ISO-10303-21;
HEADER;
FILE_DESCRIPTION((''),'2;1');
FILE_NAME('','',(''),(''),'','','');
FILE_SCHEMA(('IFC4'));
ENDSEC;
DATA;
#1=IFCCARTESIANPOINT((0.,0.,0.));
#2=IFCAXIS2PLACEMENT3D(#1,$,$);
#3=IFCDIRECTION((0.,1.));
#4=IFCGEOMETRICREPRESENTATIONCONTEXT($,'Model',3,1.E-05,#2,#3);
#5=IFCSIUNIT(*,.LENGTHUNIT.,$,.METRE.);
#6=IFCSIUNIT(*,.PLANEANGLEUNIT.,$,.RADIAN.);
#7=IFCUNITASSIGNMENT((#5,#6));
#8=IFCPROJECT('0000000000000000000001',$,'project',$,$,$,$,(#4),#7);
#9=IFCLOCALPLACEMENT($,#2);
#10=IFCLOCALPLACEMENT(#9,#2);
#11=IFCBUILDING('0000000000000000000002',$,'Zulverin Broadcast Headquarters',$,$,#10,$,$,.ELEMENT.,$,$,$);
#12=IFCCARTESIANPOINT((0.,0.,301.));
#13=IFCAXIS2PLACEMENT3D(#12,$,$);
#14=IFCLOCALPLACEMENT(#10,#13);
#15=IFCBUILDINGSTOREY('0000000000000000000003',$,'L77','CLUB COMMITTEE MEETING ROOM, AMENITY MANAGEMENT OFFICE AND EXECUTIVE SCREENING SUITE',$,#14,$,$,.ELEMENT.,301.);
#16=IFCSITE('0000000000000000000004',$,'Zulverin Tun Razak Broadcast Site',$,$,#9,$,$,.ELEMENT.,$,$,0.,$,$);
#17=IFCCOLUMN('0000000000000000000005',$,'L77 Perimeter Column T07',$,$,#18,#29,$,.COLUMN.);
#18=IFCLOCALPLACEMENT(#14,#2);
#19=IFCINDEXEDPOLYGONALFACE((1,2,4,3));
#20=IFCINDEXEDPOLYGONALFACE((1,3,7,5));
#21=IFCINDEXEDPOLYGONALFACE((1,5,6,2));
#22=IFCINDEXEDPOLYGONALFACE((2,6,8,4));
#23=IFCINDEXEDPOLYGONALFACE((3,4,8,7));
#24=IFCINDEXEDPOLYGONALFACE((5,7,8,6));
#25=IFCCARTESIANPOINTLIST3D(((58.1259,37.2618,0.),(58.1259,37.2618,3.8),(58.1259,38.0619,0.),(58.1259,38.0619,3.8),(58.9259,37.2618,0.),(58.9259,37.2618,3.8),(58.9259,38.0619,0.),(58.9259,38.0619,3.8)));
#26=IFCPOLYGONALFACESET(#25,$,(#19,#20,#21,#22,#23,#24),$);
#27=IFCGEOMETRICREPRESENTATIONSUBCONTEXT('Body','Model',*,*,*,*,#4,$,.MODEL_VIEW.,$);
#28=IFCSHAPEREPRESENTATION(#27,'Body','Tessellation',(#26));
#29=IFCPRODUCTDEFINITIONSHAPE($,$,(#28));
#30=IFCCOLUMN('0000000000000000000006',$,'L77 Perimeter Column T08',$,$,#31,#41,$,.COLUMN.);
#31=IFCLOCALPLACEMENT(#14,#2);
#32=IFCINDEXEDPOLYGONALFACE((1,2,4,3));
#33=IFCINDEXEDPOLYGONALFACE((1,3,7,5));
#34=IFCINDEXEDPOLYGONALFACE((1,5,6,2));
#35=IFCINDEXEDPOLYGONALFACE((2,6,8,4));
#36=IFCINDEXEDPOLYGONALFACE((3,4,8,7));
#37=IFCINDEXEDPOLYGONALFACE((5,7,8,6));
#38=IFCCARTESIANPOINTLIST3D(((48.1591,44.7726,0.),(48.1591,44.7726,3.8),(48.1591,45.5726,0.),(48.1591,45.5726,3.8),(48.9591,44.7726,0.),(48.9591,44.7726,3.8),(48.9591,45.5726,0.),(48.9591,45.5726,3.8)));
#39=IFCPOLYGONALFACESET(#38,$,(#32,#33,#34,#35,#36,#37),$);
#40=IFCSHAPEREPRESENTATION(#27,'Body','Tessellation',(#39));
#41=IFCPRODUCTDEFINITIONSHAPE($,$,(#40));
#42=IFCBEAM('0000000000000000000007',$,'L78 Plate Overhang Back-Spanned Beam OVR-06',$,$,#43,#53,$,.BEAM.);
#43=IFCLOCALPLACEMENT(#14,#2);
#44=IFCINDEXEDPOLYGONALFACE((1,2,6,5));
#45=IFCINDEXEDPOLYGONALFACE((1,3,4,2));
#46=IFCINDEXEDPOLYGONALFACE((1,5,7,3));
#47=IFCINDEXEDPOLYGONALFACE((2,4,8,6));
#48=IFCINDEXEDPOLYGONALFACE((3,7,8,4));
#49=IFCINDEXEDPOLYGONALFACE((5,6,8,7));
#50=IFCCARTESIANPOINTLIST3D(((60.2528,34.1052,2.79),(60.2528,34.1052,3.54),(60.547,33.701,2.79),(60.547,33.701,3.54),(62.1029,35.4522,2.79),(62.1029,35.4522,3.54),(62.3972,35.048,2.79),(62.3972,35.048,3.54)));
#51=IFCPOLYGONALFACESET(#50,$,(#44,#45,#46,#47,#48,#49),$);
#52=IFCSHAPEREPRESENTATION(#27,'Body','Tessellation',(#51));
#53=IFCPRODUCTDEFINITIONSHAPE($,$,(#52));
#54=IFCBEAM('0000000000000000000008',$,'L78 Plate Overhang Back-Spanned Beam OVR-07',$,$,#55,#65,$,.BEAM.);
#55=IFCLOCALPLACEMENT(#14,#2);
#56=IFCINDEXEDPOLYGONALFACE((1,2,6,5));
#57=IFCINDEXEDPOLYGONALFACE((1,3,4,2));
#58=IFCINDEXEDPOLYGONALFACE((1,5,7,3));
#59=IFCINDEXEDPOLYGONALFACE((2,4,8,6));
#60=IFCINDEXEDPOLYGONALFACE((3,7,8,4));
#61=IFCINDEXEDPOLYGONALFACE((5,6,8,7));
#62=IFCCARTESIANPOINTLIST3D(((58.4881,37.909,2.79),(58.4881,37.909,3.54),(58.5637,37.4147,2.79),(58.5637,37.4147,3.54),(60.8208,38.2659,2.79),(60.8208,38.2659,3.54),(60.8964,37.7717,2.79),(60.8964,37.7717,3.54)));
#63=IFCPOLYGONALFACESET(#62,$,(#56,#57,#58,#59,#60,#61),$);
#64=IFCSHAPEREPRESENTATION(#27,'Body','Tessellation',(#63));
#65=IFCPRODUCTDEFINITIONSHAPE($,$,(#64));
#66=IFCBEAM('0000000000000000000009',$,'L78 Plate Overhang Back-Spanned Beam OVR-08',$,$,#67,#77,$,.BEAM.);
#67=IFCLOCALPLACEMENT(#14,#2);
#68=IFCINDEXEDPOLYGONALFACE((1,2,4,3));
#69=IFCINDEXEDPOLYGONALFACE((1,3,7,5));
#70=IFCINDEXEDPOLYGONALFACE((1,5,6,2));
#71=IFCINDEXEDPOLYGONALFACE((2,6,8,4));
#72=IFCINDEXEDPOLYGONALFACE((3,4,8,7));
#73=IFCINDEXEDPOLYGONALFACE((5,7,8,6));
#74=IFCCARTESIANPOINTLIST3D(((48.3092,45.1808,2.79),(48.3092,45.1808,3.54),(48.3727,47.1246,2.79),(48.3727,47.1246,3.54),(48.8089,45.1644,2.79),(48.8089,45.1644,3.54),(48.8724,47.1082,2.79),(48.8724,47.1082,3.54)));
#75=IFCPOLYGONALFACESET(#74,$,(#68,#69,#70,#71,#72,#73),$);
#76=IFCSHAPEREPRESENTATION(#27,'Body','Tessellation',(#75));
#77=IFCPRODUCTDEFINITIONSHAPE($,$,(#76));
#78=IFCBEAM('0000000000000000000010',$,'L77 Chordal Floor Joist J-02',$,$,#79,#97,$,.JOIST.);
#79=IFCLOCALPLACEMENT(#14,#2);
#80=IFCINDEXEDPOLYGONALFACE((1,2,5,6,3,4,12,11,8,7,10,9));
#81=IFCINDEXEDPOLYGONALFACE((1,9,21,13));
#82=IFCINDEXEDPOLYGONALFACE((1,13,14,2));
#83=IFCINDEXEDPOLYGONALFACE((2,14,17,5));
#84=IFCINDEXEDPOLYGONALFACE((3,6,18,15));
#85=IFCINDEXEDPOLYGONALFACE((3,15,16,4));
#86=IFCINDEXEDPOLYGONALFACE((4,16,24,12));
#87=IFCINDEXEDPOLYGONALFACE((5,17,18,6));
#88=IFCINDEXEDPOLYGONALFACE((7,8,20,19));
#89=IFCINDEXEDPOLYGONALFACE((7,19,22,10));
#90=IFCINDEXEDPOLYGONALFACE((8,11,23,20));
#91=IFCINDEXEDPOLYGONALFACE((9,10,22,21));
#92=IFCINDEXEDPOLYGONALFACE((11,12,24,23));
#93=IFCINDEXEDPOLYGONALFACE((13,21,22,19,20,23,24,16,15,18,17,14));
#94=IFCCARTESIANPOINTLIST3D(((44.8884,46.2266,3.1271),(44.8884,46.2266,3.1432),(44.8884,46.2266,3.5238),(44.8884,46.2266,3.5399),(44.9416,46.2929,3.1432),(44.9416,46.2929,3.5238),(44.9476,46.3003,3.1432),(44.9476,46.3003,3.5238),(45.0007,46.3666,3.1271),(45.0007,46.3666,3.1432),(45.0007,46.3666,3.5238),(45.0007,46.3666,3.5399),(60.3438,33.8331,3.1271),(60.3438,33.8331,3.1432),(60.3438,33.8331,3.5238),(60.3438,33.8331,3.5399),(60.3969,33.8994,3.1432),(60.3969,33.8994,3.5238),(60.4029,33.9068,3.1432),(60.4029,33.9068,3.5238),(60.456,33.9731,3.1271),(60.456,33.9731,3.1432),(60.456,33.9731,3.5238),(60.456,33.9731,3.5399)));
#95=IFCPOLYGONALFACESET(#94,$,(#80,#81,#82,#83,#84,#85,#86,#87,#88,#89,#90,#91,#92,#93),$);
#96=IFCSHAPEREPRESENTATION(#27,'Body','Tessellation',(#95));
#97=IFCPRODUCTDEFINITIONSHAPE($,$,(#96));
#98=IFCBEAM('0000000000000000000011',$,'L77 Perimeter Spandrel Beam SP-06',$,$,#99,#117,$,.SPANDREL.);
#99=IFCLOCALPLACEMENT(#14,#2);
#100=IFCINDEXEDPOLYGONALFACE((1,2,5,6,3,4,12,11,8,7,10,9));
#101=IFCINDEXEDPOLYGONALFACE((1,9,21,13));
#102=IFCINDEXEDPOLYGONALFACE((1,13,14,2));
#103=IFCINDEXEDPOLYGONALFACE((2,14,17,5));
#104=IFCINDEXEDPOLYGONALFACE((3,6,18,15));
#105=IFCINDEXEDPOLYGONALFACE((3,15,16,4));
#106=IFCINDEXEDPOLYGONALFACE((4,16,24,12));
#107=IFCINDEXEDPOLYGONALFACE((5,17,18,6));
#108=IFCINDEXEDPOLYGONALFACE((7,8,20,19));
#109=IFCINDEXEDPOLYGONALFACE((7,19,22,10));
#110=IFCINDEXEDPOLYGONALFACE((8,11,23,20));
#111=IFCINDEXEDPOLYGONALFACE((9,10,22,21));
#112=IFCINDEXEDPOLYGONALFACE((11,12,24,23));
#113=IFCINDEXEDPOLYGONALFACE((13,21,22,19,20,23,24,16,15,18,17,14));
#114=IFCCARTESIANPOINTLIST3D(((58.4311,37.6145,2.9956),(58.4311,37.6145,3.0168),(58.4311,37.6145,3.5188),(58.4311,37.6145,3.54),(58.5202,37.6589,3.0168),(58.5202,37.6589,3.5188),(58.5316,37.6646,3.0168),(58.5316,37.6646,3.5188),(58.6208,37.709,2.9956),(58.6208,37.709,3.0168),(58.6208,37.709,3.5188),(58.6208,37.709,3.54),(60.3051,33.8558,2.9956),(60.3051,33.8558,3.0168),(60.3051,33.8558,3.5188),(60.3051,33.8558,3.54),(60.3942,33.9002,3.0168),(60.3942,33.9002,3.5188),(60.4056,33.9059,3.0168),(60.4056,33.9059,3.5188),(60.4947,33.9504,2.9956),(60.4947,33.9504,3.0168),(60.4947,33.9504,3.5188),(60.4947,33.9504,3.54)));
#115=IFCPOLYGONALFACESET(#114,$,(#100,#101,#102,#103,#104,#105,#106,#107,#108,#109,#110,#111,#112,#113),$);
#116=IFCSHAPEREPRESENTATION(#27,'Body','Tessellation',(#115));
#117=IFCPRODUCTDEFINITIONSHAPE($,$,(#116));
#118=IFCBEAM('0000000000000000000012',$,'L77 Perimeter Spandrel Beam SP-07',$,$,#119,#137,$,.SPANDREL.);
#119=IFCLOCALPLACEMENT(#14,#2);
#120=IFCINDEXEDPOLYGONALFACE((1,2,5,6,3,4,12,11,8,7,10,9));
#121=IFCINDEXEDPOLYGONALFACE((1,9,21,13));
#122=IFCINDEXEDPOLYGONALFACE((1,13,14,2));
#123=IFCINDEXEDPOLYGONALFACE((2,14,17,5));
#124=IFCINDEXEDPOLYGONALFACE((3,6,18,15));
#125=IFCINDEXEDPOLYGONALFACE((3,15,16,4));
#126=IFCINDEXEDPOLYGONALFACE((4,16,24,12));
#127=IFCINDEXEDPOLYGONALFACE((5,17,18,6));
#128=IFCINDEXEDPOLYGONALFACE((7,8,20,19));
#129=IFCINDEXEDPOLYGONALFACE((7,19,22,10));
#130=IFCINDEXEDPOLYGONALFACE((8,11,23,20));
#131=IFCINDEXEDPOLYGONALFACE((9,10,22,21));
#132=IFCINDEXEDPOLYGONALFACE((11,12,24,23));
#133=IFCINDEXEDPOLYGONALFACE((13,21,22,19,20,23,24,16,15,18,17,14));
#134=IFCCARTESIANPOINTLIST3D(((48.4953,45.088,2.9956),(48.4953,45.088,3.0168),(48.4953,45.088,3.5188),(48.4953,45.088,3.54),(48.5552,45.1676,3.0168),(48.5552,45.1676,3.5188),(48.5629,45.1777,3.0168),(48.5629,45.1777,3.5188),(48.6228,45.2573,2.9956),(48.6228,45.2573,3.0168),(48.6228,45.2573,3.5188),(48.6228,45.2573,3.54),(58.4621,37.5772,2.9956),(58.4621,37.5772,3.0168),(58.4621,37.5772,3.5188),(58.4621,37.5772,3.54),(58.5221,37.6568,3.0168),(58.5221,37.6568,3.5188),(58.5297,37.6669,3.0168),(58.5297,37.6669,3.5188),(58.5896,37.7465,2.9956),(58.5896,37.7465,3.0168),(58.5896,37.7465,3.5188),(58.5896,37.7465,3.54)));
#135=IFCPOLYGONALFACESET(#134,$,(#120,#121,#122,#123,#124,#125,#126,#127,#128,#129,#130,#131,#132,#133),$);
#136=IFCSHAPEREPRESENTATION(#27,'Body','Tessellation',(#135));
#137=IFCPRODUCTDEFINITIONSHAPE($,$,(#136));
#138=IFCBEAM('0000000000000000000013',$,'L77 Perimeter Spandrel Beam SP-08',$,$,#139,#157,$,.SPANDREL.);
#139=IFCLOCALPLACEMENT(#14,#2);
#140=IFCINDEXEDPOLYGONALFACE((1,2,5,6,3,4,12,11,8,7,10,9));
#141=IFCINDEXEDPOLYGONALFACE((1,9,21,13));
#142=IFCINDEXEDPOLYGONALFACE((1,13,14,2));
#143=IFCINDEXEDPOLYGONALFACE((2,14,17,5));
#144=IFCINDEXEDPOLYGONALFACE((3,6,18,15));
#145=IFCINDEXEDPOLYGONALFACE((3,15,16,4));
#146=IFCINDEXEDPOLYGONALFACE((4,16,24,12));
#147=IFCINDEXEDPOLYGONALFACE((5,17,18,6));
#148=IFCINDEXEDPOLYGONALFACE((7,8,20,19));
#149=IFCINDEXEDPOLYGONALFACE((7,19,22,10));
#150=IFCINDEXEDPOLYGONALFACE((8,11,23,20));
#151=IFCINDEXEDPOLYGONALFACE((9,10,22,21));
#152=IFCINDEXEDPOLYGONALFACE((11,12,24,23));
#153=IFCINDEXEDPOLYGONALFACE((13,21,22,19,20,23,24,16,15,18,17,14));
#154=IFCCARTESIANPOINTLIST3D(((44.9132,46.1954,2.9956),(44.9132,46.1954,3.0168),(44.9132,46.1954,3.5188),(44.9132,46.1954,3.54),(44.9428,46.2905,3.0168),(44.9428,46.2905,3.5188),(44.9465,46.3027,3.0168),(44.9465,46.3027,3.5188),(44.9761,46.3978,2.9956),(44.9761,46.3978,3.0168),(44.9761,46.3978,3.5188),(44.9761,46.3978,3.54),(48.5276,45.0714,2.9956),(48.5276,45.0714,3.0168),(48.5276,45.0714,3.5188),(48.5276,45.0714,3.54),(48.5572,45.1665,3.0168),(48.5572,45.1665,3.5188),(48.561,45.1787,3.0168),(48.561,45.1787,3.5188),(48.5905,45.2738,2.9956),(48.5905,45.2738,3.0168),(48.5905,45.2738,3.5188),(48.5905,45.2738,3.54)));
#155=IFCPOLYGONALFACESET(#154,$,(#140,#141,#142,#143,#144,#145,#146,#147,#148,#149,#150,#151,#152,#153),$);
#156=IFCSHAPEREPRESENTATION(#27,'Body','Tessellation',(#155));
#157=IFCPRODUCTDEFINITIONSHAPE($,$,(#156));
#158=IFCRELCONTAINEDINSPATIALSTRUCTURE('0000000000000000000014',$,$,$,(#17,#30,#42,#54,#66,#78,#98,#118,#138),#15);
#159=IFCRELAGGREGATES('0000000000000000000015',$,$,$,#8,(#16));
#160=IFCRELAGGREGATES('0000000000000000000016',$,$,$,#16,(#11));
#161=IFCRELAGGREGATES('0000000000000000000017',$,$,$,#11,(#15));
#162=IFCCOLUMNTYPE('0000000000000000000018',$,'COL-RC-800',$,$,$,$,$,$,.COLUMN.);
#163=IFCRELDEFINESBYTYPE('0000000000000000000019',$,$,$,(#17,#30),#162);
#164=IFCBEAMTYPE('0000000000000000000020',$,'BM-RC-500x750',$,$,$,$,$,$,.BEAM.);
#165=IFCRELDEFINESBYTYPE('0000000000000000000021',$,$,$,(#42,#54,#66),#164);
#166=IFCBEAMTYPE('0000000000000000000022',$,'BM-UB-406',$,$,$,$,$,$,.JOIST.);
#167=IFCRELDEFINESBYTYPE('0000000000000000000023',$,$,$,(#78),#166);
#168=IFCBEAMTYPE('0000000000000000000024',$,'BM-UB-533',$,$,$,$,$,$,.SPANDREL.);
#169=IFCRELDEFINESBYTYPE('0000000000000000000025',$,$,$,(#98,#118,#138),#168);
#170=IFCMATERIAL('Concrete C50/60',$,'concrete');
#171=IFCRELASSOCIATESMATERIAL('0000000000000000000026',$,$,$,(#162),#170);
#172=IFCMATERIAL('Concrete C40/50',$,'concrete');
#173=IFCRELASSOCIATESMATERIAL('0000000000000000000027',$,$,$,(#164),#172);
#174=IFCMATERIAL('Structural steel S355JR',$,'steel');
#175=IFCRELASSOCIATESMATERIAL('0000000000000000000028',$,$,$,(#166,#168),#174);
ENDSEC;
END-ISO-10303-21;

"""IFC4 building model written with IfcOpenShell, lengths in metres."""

from ifc_helpers import new_model, si_unit, direction, frame, origin, origin_2d, place, context, subcontext, project, spatial, rectangle, i_section, extrude, material, material_profile, profile_set, type_object, element, save


model = new_model("IFC4")

# Units and contexts
model_context = context("Model", 3, precision=1e-05, world=origin(), true_north=direction((0.0, 1.0)))
body_context = subcontext(model_context, "Body", "Model", "MODEL_VIEW")
ifc_project = project(units=[si_unit("LENGTHUNIT", "METRE"), si_unit("PLANEANGLEUNIT", "RADIAN")], contexts=[model_context])

# Site, building, storey
site_placement = place(None, origin())
site = spatial("IfcSite", under=ifc_project, at=site_placement, Name="Zulverin Tun Razak Broadcast Site", CompositionType="ELEMENT", RefElevation=0.0)
building_placement = place(site_placement, origin())
building = spatial("IfcBuilding", under=site, at=building_placement, Name="Zulverin Broadcast Headquarters", CompositionType="ELEMENT")
storey_placement = place(building_placement, frame((0.0, 0.0, 301.0)))
storey = spatial("IfcBuildingStorey", under=building, at=storey_placement, Name="L77", Description="CLUB COMMITTEE MEETING ROOM, AMENITY MANAGEMENT OFFICE AND EXECUTIVE SCREENING SUITE", CompositionType="ELEMENT", Elevation=301.0)

# Columns
ifc_material_1 = material(Name="Concrete C50/60", Category="concrete")
ifc_material_profile_1 = material_profile(ifc_material_1, rectangle(XDim=0.8, YDim=0.8, at=origin_2d()), Name="Concrete C50/60", Category="concrete")
ifc_profile_set_1 = profile_set([ifc_material_profile_1], Name="Concrete C50/60")
column_type = type_object("IfcColumnType", Name="COL-RC-800", PredefinedType="COLUMN", material=ifc_profile_set_1)
for number, where, z_axis, x_axis, name in (
    (1, (58.5259, 37.6619, 0.0), (0.0, 0.0, 1.0), (1.0, 0.0, 0.0), "L77 Perimeter Column T07"),
    (2, (48.5591, 45.1726, 0.0), (0.0, 0.0, 1.0), (1.0, 0.0, 0.0), "L77 Perimeter Column T08"),
):
    element("IfcColumn", number, at=place(storey_placement, frame(where, z_axis=z_axis, x_axis=x_axis)), inside=storey, type_object=column_type, Name=name, PredefinedType="COLUMN", context=body_context, shape_type="SweptSolid", body=[
        extrude(rectangle(XDim=0.8, YDim=0.8, at=origin_2d()), origin(), (0.0, 0.0, 1.0), 3.8),
    ])

# Beams
ifc_material_2 = material(Name="Concrete C40/50", Category="concrete")
ifc_material_profile_2 = material_profile(ifc_material_2, rectangle(XDim=0.5, YDim=0.75, at=origin_2d()), Name="Concrete C40/50", Category="concrete")
ifc_profile_set_2 = profile_set([ifc_material_profile_2], Name="Concrete C40/50")
beam_type_1 = type_object("IfcBeamType", Name="BM-RC-500x750", PredefinedType="BEAM", material=ifc_profile_set_2)
beam_1_placement = place(storey_placement, frame((60.3999, 33.9031, 3.165), z_axis=(0.808445, 0.588571, 0.0), x_axis=(-0.588571, 0.808445, 0.0)))
element("IfcBeam", 3, at=beam_1_placement, inside=storey, type_object=beam_type_1, Name="L78 Plate Overhang Back-Spanned Beam OVR-06", PredefinedType="BEAM", context=body_context, shape_type="SweptSolid", body=[
    extrude(rectangle(XDim=0.5, YDim=0.75, at=origin_2d()), origin(), (0.0, 0.0, 1.0), 2.2886),
])
beam_2_placement = place(storey_placement, frame((58.5259, 37.6619, 3.165), z_axis=(0.988496, 0.151249, 0.0), x_axis=(-0.151249, 0.988496, 0.0)))
element("IfcBeam", 4, at=beam_2_placement, inside=storey, type_object=beam_type_1, Name="L78 Plate Overhang Back-Spanned Beam OVR-07", PredefinedType="BEAM", context=body_context, shape_type="SweptSolid", body=[
    extrude(rectangle(XDim=0.5, YDim=0.75, at=origin_2d()), origin(), (0.0, 0.0, 1.0), 2.3599),
])
beam_3_placement = place(storey_placement, frame((48.5591, 45.1726, 3.165), z_axis=(0.032638, 0.999467, 0.0), x_axis=(-0.999467, 0.032638, 0.0)))
element("IfcBeam", 5, at=beam_3_placement, inside=storey, type_object=beam_type_1, Name="L78 Plate Overhang Back-Spanned Beam OVR-08", PredefinedType="BEAM", context=body_context, shape_type="SweptSolid", body=[
    extrude(rectangle(XDim=0.5, YDim=0.75, at=origin_2d()), origin(), (0.0, 0.0, 1.0), 1.9448),
])
ifc_material_3 = material(Name="Structural steel S355JR", Category="steel")
ifc_material_profile_3 = material_profile(ifc_material_3, i_section(OverallWidth=0.1794, OverallDepth=0.4128, WebThickness=0.0095, FlangeThickness=0.0161, at=origin_2d()), Name="Structural steel S355JR", Category="steel")
ifc_profile_set_3 = profile_set([ifc_material_profile_3], Name="Structural steel S355JR")
beam_type_2 = type_object("IfcBeamType", Name="BM-UB-406", PredefinedType="JOIST", material=ifc_profile_set_3)
beam_4_placement = place(storey_placement, frame((60.3999, 33.9031, 3.3335), z_axis=(-0.780147, 0.625596, 0.0), x_axis=(-0.625596, -0.780147, 0.0)))
element("IfcBeam", 6, at=beam_4_placement, inside=storey, type_object=beam_type_2, Name="L77 Chordal Floor Joist J-02", PredefinedType="JOIST", context=body_context, shape_type="SweptSolid", body=[
    extrude(i_section(OverallWidth=0.1794, OverallDepth=0.4128, WebThickness=0.0095, FlangeThickness=0.0161, at=origin_2d()), origin(), (0.0, 0.0, 1.0), 19.8108),
])
ifc_material_profile_4 = material_profile(ifc_material_3, i_section(OverallWidth=0.2119, OverallDepth=0.5444, WebThickness=0.0127, FlangeThickness=0.0212, at=origin_2d()), Name="Structural steel S355JR", Category="steel")
ifc_profile_set_4 = profile_set([ifc_material_profile_4], Name="Structural steel S355JR")
beam_type_3 = type_object("IfcBeamType", Name="BM-UB-533", PredefinedType="SPANDREL", material=ifc_profile_set_4)
beam_5_placement = place(storey_placement, frame((60.3999, 33.9031, 3.2678), z_axis=(-0.44619, 0.894938, 0.0), x_axis=(-0.894938, -0.44619, 0.0)))
element("IfcBeam", 7, at=beam_5_placement, inside=storey, type_object=beam_type_3, Name="L77 Perimeter Spandrel Beam SP-06", PredefinedType="SPANDREL", context=body_context, shape_type="SweptSolid", body=[
    extrude(i_section(OverallWidth=0.2119, OverallDepth=0.5444, WebThickness=0.0127, FlangeThickness=0.0212, at=origin_2d()), origin(), (0.0, 0.0, 1.0), 4.2),
])
beam_6_placement = place(storey_placement, frame((58.5259, 37.6619, 3.2678), z_axis=(-0.798627, 0.601826, 0.0), x_axis=(-0.601826, -0.798627, 0.0)))
element("IfcBeam", 8, at=beam_6_placement, inside=storey, type_object=beam_type_3, Name="L77 Perimeter Spandrel Beam SP-07", PredefinedType="SPANDREL", context=body_context, shape_type="SweptSolid", body=[
    extrude(i_section(OverallWidth=0.2119, OverallDepth=0.5444, WebThickness=0.0127, FlangeThickness=0.0212, at=origin_2d()), origin(), (0.0, 0.0, 1.0), 12.48),
])
beam_7_placement = place(storey_placement, frame((48.5591, 45.1726, 3.2678), z_axis=(-0.954893, 0.296949, 0.0), x_axis=(-0.296949, -0.954893, 0.0)))
element("IfcBeam", 9, at=beam_7_placement, inside=storey, type_object=beam_type_3, Name="L77 Perimeter Spandrel Beam SP-08", PredefinedType="SPANDREL", context=body_context, shape_type="SweptSolid", body=[
    extrude(i_section(OverallWidth=0.2119, OverallDepth=0.5444, WebThickness=0.0127, FlangeThickness=0.0212, at=origin_2d()), origin(), (0.0, 0.0, 1.0), 3.7852),
])

save(model, "model.ifc")
